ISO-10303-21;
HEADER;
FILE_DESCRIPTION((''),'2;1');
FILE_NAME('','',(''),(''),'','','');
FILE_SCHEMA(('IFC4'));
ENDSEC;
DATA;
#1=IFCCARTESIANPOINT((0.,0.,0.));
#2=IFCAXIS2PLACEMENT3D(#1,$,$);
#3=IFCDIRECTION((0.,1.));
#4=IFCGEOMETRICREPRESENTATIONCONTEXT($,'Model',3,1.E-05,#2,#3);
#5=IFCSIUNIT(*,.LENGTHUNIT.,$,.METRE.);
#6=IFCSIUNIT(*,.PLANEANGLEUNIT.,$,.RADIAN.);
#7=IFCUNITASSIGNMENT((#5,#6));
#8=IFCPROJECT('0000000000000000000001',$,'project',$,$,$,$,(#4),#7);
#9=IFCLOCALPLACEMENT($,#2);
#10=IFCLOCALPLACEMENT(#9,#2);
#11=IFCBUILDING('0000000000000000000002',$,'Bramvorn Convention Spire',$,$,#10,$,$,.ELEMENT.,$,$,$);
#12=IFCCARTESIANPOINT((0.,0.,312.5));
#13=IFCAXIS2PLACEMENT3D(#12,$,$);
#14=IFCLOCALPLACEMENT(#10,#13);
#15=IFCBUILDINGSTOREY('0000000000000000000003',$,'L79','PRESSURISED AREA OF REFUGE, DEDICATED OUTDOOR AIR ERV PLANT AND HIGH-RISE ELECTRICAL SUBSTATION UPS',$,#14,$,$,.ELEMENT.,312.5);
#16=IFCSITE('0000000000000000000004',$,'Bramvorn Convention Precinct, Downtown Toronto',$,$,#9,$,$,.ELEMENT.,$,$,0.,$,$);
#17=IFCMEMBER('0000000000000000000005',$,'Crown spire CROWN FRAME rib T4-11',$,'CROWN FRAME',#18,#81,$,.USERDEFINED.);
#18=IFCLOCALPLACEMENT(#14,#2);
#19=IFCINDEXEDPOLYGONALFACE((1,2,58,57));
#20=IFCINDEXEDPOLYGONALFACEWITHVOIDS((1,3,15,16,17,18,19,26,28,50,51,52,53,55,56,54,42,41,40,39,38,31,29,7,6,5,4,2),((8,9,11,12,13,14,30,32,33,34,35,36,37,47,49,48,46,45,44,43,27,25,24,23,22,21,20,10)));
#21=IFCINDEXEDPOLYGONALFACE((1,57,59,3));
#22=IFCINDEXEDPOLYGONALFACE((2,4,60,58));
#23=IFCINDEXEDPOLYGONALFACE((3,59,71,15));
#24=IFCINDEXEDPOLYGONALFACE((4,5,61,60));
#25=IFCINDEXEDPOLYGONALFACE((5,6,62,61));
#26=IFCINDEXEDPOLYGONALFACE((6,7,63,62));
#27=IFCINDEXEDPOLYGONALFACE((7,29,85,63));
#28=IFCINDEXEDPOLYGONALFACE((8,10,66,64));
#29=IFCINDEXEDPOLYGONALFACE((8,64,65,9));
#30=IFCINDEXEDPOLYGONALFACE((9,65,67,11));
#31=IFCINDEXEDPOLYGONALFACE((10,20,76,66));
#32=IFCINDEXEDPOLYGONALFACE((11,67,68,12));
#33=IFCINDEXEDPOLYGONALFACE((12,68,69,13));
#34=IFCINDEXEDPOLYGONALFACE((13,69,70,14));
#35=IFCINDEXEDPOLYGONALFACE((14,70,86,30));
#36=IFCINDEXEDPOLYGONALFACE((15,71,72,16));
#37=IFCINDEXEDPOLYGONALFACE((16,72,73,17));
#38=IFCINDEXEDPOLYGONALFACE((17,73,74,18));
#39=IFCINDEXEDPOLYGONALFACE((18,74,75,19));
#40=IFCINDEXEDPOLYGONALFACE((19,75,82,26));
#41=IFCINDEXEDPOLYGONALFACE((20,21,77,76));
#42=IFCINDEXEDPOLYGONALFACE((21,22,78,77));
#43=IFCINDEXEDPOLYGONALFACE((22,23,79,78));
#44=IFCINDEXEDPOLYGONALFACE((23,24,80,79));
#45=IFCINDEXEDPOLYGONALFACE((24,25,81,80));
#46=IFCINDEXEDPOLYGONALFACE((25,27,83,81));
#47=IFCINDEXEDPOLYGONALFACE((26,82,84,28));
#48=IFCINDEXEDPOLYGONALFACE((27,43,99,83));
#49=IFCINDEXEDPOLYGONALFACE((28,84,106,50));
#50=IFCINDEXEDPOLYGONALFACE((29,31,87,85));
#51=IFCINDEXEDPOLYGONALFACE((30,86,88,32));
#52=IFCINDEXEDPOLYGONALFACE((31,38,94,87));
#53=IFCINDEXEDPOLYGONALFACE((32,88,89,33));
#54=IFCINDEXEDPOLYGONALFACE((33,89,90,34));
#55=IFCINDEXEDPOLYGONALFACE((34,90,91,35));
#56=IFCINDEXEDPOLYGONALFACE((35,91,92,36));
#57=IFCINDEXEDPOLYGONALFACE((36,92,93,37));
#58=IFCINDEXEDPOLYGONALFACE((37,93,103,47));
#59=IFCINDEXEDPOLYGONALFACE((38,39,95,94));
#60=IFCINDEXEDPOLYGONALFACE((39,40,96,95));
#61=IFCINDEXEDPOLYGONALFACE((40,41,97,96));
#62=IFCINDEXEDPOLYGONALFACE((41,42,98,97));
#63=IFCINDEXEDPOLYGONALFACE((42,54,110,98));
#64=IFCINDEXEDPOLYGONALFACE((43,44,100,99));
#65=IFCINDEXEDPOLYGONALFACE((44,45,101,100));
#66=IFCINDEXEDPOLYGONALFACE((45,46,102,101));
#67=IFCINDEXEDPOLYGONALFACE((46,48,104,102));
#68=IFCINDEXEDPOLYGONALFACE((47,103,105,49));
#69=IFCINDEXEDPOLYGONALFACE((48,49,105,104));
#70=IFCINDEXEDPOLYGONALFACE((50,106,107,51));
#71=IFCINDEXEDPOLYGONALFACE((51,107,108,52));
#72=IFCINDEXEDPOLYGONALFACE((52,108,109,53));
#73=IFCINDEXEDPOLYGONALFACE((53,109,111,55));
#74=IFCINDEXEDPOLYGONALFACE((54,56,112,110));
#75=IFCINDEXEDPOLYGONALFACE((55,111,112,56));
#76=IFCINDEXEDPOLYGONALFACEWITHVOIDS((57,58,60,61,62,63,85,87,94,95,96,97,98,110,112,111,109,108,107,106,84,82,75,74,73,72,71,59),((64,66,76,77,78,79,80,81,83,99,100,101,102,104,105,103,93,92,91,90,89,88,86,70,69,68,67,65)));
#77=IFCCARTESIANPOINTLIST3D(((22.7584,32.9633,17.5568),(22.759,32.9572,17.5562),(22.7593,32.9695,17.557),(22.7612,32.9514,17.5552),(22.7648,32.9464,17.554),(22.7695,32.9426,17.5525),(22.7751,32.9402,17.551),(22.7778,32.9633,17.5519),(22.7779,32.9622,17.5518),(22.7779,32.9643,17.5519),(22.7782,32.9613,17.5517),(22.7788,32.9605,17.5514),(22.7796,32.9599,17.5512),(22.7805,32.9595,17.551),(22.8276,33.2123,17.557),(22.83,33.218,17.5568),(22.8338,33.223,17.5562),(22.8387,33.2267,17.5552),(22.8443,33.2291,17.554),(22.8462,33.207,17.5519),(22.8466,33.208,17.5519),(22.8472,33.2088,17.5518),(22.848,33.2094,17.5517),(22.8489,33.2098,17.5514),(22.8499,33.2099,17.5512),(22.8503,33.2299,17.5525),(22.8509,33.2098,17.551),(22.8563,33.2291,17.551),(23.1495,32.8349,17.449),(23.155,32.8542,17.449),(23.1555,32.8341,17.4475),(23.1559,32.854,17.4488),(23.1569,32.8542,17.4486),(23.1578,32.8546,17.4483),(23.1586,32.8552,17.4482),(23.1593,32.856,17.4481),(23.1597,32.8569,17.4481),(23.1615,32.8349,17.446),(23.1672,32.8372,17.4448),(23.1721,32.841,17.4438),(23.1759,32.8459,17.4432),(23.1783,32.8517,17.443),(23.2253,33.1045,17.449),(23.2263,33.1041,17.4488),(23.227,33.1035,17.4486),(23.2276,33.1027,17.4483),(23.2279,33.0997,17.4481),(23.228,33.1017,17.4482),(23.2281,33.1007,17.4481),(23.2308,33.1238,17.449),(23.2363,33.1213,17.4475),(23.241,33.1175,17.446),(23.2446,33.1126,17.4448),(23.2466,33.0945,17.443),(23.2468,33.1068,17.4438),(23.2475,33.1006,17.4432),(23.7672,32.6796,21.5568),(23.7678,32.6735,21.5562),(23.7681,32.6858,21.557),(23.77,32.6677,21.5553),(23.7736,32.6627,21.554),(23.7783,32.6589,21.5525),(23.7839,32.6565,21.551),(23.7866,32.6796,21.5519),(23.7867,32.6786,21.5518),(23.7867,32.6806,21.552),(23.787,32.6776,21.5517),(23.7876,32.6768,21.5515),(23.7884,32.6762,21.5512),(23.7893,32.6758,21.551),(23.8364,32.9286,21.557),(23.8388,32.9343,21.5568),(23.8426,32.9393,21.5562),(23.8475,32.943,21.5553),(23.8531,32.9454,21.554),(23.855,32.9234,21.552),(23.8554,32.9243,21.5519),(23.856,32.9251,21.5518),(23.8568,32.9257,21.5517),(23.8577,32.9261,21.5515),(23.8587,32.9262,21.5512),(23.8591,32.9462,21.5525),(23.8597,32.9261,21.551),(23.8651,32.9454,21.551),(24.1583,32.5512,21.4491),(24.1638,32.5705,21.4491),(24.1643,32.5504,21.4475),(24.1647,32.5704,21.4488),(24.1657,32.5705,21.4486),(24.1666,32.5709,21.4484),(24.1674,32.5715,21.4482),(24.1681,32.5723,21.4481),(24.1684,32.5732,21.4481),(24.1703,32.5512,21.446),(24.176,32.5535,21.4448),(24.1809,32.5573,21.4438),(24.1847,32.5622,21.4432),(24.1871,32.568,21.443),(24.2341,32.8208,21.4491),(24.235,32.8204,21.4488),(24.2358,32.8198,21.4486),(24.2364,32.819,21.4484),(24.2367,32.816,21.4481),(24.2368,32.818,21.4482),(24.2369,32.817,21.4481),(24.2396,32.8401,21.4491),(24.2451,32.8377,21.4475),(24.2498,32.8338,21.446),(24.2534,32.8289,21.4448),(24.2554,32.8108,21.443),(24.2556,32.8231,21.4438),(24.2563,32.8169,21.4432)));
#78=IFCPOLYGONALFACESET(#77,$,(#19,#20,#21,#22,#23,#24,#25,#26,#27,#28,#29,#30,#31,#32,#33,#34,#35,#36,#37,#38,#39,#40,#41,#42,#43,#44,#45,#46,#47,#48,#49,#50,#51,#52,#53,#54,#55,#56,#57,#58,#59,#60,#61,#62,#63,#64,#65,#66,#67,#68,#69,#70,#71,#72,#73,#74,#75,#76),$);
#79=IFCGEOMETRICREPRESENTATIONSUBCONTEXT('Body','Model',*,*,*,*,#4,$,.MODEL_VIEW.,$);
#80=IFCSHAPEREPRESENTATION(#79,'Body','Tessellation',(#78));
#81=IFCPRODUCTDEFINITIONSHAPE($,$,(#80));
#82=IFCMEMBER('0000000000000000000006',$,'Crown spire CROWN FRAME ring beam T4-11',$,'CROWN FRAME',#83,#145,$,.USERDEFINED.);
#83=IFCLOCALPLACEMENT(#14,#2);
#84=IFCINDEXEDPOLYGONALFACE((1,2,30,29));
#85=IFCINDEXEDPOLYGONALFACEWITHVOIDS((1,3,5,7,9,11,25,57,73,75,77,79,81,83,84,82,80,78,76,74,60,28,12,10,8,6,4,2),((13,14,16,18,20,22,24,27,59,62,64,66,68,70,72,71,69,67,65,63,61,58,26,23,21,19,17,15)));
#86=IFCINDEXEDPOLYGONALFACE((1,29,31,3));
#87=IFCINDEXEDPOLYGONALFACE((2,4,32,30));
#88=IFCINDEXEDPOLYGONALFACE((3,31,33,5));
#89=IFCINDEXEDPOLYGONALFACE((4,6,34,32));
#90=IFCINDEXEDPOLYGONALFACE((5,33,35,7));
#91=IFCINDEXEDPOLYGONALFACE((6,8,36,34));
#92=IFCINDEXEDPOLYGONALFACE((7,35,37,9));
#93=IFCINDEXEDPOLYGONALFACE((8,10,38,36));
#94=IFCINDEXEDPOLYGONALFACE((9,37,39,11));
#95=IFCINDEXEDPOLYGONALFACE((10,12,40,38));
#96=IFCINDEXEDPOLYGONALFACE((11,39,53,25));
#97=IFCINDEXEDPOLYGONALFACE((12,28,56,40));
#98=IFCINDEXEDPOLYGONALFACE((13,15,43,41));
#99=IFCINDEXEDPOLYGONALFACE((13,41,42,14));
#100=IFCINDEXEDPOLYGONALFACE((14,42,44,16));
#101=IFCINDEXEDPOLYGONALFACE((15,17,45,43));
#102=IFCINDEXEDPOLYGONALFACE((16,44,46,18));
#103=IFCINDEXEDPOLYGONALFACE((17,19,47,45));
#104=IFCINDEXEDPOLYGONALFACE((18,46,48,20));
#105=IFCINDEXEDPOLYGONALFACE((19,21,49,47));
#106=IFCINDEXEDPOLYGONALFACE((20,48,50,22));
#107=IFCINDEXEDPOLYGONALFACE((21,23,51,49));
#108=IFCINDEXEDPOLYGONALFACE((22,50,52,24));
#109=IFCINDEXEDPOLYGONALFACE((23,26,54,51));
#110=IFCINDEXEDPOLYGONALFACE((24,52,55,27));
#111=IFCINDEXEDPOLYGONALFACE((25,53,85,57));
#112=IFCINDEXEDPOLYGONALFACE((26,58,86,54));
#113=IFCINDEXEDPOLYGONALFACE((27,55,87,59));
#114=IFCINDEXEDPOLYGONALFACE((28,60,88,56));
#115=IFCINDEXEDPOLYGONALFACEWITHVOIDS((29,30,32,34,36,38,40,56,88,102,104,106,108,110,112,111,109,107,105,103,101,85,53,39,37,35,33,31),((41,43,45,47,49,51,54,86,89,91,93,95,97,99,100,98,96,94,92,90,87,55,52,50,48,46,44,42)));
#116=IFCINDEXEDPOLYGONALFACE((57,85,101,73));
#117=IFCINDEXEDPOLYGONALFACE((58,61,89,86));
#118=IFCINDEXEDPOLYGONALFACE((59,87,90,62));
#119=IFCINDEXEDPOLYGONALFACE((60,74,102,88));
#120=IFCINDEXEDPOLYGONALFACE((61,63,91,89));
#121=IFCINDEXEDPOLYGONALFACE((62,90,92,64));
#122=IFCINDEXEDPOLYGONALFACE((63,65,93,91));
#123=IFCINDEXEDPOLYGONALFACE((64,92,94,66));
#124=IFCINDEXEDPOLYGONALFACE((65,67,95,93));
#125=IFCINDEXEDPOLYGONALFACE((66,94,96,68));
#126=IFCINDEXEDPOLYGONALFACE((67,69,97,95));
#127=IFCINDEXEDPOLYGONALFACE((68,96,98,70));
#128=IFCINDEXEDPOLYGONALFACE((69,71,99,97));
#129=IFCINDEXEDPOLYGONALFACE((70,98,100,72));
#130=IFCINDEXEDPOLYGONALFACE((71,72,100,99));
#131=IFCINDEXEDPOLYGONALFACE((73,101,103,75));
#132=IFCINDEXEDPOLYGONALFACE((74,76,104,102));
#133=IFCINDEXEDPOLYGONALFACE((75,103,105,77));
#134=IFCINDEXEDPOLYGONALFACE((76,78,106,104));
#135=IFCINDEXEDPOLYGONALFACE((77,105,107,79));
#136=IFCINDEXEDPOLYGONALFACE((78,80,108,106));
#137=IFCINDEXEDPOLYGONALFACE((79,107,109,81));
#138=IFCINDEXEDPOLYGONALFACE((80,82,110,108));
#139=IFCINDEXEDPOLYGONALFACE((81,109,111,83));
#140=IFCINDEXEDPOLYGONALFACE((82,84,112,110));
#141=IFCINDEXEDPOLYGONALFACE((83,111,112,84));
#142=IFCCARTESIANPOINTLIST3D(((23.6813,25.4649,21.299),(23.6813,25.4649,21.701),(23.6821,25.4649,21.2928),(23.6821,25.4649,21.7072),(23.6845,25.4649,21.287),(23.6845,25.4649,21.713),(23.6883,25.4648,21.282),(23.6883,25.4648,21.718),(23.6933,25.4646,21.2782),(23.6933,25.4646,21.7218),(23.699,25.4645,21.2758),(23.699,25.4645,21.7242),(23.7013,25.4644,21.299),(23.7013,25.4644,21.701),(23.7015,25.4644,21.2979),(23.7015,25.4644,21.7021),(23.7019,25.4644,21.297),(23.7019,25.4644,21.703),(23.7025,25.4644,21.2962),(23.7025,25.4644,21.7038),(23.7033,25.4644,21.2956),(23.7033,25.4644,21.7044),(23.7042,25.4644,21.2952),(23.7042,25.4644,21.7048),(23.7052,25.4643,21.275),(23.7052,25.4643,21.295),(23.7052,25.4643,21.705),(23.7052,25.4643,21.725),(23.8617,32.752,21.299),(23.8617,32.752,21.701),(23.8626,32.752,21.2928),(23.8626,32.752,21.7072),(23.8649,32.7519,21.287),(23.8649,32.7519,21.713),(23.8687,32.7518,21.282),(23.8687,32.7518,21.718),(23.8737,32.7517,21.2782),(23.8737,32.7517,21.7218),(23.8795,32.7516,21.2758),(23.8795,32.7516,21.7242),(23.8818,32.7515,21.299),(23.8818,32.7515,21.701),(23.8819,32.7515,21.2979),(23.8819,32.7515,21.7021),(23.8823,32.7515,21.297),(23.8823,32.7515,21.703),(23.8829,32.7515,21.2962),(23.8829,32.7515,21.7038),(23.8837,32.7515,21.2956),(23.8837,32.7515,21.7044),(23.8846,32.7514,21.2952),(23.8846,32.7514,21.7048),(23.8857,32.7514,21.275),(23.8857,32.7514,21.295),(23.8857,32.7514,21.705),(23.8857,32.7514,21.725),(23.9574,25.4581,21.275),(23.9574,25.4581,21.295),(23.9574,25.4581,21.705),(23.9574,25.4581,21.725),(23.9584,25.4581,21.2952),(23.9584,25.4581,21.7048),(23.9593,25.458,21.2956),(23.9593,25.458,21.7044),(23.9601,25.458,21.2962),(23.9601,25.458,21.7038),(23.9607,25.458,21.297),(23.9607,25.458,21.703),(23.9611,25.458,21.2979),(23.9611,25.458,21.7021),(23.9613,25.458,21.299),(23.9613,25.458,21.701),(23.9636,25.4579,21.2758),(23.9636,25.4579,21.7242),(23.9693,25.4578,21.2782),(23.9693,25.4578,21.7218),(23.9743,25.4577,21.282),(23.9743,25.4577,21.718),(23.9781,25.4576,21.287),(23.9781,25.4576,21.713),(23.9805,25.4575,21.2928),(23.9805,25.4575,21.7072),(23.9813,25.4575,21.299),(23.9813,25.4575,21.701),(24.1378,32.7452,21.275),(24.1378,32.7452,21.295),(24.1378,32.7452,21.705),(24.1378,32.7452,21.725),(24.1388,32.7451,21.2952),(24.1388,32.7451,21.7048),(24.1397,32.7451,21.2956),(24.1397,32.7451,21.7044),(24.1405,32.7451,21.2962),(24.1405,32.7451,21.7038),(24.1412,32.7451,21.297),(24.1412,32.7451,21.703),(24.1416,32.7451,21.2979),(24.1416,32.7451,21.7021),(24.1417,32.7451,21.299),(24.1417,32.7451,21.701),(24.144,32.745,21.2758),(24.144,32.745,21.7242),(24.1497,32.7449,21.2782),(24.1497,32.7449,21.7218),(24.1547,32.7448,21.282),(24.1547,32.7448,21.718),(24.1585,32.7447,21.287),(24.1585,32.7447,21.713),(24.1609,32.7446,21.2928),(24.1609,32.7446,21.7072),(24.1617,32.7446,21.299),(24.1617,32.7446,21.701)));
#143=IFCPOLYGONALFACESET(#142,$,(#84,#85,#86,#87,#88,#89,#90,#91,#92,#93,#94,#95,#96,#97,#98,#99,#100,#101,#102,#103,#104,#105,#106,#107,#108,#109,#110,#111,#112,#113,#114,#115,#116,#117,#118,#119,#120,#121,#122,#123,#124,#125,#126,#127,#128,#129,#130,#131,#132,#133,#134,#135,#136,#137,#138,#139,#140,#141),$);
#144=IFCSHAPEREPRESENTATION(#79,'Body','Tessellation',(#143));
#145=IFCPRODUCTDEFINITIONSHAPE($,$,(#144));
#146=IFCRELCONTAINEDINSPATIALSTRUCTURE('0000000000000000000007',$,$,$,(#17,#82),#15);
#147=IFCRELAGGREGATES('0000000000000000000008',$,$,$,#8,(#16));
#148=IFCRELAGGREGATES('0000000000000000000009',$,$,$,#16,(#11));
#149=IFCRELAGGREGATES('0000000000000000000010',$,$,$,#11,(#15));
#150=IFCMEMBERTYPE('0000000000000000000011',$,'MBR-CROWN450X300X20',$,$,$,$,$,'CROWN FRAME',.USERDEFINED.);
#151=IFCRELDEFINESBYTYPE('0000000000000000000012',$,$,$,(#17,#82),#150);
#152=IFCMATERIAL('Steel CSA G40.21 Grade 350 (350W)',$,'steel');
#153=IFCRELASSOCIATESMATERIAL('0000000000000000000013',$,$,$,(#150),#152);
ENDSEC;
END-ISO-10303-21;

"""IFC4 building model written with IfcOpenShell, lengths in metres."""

from ifc_helpers import new_model, si_unit, direction, frame, origin, origin_2d, place, context, subcontext, project, spatial, hollow_rectangle, extrude, material, material_profile, profile_set, type_object, element, save


model = new_model("IFC4")

# Units and contexts
model_context = context("Model", 3, precision=1e-05, world=origin(), true_north=direction((0.0, 1.0)))
body_context = subcontext(model_context, "Body", "Model", "MODEL_VIEW")
ifc_project = project(units=[si_unit("LENGTHUNIT", "METRE"), si_unit("PLANEANGLEUNIT", "RADIAN")], contexts=[model_context])

# Site, building, storey
site_placement = place(None, origin())
site = spatial("IfcSite", under=ifc_project, at=site_placement, Name="Bramvorn Convention Precinct, Downtown Toronto", CompositionType="ELEMENT", RefElevation=0.0)
building_placement = place(site_placement, origin())
building = spatial("IfcBuilding", under=site, at=building_placement, Name="Bramvorn Convention Spire", CompositionType="ELEMENT")
storey_placement = place(building_placement, frame((0.0, 0.0, 312.5)))
storey = spatial("IfcBuildingStorey", under=building, at=storey_placement, Name="L79", Description="PRESSURISED AREA OF REFUGE, DEDICATED OUTDOOR AIR ERV PLANT AND HIGH-RISE ELECTRICAL SUBSTATION UPS", CompositionType="ELEMENT", Elevation=312.5)

# Members
ifc_material_1 = material(Name="Steel CSA G40.21 Grade 350 (350W)", Category="steel")
ifc_material_profile = material_profile(ifc_material_1, hollow_rectangle(XDim=0.3, YDim=0.45, WallThickness=0.02, InnerFilletRadius=0.0039, OuterFilletRadius=0.0239, at=origin_2d()))
ifc_profile_set = profile_set([ifc_material_profile], Name="Steel CSA G40.21 Grade 350 (350W) - CROWN450X300X20")
member_type = type_object("IfcMemberType", Name="MBR-CROWN450X300X20", ElementType="CROWN FRAME", PredefinedType="USERDEFINED", material=ifc_profile_set)
member_1_placement = place(storey_placement, frame((23.0029, 33.032, 17.5), z_axis=(0.243964, -0.068608, 0.967354), x_axis=(0.270719, 0.962659, 0.0)))
element("IfcMember", 1, at=member_1_placement, inside=storey, type_object=member_type, Name="Crown spire CROWN FRAME rib T4-11", ObjectType="CROWN FRAME", PredefinedType="USERDEFINED", context=body_context, shape_type="SweptSolid", body=[
    extrude(hollow_rectangle(XDim=0.3, YDim=0.45, WallThickness=0.02, InnerFilletRadius=0.0039, OuterFilletRadius=0.0239, at=origin_2d()), origin(), (0.0, 0.0, 1.0), 4.135),
])
member_2_placement = place(storey_placement, frame((24.0117, 32.7483, 21.5), z_axis=(-0.024751, -0.999694, 0.0), x_axis=(0.999694, -0.024751, 0.0)))
element("IfcMember", 2, at=member_2_placement, inside=storey, type_object=member_type, Name="Crown spire CROWN FRAME ring beam T4-11", ObjectType="CROWN FRAME", PredefinedType="USERDEFINED", context=body_context, shape_type="SweptSolid", body=[
    extrude(hollow_rectangle(XDim=0.3, YDim=0.45, WallThickness=0.02, InnerFilletRadius=0.0039, OuterFilletRadius=0.0239, at=origin_2d()), origin(), (0.0, 0.0, 1.0), 7.2893),
])

save(model, "model.ifc")
